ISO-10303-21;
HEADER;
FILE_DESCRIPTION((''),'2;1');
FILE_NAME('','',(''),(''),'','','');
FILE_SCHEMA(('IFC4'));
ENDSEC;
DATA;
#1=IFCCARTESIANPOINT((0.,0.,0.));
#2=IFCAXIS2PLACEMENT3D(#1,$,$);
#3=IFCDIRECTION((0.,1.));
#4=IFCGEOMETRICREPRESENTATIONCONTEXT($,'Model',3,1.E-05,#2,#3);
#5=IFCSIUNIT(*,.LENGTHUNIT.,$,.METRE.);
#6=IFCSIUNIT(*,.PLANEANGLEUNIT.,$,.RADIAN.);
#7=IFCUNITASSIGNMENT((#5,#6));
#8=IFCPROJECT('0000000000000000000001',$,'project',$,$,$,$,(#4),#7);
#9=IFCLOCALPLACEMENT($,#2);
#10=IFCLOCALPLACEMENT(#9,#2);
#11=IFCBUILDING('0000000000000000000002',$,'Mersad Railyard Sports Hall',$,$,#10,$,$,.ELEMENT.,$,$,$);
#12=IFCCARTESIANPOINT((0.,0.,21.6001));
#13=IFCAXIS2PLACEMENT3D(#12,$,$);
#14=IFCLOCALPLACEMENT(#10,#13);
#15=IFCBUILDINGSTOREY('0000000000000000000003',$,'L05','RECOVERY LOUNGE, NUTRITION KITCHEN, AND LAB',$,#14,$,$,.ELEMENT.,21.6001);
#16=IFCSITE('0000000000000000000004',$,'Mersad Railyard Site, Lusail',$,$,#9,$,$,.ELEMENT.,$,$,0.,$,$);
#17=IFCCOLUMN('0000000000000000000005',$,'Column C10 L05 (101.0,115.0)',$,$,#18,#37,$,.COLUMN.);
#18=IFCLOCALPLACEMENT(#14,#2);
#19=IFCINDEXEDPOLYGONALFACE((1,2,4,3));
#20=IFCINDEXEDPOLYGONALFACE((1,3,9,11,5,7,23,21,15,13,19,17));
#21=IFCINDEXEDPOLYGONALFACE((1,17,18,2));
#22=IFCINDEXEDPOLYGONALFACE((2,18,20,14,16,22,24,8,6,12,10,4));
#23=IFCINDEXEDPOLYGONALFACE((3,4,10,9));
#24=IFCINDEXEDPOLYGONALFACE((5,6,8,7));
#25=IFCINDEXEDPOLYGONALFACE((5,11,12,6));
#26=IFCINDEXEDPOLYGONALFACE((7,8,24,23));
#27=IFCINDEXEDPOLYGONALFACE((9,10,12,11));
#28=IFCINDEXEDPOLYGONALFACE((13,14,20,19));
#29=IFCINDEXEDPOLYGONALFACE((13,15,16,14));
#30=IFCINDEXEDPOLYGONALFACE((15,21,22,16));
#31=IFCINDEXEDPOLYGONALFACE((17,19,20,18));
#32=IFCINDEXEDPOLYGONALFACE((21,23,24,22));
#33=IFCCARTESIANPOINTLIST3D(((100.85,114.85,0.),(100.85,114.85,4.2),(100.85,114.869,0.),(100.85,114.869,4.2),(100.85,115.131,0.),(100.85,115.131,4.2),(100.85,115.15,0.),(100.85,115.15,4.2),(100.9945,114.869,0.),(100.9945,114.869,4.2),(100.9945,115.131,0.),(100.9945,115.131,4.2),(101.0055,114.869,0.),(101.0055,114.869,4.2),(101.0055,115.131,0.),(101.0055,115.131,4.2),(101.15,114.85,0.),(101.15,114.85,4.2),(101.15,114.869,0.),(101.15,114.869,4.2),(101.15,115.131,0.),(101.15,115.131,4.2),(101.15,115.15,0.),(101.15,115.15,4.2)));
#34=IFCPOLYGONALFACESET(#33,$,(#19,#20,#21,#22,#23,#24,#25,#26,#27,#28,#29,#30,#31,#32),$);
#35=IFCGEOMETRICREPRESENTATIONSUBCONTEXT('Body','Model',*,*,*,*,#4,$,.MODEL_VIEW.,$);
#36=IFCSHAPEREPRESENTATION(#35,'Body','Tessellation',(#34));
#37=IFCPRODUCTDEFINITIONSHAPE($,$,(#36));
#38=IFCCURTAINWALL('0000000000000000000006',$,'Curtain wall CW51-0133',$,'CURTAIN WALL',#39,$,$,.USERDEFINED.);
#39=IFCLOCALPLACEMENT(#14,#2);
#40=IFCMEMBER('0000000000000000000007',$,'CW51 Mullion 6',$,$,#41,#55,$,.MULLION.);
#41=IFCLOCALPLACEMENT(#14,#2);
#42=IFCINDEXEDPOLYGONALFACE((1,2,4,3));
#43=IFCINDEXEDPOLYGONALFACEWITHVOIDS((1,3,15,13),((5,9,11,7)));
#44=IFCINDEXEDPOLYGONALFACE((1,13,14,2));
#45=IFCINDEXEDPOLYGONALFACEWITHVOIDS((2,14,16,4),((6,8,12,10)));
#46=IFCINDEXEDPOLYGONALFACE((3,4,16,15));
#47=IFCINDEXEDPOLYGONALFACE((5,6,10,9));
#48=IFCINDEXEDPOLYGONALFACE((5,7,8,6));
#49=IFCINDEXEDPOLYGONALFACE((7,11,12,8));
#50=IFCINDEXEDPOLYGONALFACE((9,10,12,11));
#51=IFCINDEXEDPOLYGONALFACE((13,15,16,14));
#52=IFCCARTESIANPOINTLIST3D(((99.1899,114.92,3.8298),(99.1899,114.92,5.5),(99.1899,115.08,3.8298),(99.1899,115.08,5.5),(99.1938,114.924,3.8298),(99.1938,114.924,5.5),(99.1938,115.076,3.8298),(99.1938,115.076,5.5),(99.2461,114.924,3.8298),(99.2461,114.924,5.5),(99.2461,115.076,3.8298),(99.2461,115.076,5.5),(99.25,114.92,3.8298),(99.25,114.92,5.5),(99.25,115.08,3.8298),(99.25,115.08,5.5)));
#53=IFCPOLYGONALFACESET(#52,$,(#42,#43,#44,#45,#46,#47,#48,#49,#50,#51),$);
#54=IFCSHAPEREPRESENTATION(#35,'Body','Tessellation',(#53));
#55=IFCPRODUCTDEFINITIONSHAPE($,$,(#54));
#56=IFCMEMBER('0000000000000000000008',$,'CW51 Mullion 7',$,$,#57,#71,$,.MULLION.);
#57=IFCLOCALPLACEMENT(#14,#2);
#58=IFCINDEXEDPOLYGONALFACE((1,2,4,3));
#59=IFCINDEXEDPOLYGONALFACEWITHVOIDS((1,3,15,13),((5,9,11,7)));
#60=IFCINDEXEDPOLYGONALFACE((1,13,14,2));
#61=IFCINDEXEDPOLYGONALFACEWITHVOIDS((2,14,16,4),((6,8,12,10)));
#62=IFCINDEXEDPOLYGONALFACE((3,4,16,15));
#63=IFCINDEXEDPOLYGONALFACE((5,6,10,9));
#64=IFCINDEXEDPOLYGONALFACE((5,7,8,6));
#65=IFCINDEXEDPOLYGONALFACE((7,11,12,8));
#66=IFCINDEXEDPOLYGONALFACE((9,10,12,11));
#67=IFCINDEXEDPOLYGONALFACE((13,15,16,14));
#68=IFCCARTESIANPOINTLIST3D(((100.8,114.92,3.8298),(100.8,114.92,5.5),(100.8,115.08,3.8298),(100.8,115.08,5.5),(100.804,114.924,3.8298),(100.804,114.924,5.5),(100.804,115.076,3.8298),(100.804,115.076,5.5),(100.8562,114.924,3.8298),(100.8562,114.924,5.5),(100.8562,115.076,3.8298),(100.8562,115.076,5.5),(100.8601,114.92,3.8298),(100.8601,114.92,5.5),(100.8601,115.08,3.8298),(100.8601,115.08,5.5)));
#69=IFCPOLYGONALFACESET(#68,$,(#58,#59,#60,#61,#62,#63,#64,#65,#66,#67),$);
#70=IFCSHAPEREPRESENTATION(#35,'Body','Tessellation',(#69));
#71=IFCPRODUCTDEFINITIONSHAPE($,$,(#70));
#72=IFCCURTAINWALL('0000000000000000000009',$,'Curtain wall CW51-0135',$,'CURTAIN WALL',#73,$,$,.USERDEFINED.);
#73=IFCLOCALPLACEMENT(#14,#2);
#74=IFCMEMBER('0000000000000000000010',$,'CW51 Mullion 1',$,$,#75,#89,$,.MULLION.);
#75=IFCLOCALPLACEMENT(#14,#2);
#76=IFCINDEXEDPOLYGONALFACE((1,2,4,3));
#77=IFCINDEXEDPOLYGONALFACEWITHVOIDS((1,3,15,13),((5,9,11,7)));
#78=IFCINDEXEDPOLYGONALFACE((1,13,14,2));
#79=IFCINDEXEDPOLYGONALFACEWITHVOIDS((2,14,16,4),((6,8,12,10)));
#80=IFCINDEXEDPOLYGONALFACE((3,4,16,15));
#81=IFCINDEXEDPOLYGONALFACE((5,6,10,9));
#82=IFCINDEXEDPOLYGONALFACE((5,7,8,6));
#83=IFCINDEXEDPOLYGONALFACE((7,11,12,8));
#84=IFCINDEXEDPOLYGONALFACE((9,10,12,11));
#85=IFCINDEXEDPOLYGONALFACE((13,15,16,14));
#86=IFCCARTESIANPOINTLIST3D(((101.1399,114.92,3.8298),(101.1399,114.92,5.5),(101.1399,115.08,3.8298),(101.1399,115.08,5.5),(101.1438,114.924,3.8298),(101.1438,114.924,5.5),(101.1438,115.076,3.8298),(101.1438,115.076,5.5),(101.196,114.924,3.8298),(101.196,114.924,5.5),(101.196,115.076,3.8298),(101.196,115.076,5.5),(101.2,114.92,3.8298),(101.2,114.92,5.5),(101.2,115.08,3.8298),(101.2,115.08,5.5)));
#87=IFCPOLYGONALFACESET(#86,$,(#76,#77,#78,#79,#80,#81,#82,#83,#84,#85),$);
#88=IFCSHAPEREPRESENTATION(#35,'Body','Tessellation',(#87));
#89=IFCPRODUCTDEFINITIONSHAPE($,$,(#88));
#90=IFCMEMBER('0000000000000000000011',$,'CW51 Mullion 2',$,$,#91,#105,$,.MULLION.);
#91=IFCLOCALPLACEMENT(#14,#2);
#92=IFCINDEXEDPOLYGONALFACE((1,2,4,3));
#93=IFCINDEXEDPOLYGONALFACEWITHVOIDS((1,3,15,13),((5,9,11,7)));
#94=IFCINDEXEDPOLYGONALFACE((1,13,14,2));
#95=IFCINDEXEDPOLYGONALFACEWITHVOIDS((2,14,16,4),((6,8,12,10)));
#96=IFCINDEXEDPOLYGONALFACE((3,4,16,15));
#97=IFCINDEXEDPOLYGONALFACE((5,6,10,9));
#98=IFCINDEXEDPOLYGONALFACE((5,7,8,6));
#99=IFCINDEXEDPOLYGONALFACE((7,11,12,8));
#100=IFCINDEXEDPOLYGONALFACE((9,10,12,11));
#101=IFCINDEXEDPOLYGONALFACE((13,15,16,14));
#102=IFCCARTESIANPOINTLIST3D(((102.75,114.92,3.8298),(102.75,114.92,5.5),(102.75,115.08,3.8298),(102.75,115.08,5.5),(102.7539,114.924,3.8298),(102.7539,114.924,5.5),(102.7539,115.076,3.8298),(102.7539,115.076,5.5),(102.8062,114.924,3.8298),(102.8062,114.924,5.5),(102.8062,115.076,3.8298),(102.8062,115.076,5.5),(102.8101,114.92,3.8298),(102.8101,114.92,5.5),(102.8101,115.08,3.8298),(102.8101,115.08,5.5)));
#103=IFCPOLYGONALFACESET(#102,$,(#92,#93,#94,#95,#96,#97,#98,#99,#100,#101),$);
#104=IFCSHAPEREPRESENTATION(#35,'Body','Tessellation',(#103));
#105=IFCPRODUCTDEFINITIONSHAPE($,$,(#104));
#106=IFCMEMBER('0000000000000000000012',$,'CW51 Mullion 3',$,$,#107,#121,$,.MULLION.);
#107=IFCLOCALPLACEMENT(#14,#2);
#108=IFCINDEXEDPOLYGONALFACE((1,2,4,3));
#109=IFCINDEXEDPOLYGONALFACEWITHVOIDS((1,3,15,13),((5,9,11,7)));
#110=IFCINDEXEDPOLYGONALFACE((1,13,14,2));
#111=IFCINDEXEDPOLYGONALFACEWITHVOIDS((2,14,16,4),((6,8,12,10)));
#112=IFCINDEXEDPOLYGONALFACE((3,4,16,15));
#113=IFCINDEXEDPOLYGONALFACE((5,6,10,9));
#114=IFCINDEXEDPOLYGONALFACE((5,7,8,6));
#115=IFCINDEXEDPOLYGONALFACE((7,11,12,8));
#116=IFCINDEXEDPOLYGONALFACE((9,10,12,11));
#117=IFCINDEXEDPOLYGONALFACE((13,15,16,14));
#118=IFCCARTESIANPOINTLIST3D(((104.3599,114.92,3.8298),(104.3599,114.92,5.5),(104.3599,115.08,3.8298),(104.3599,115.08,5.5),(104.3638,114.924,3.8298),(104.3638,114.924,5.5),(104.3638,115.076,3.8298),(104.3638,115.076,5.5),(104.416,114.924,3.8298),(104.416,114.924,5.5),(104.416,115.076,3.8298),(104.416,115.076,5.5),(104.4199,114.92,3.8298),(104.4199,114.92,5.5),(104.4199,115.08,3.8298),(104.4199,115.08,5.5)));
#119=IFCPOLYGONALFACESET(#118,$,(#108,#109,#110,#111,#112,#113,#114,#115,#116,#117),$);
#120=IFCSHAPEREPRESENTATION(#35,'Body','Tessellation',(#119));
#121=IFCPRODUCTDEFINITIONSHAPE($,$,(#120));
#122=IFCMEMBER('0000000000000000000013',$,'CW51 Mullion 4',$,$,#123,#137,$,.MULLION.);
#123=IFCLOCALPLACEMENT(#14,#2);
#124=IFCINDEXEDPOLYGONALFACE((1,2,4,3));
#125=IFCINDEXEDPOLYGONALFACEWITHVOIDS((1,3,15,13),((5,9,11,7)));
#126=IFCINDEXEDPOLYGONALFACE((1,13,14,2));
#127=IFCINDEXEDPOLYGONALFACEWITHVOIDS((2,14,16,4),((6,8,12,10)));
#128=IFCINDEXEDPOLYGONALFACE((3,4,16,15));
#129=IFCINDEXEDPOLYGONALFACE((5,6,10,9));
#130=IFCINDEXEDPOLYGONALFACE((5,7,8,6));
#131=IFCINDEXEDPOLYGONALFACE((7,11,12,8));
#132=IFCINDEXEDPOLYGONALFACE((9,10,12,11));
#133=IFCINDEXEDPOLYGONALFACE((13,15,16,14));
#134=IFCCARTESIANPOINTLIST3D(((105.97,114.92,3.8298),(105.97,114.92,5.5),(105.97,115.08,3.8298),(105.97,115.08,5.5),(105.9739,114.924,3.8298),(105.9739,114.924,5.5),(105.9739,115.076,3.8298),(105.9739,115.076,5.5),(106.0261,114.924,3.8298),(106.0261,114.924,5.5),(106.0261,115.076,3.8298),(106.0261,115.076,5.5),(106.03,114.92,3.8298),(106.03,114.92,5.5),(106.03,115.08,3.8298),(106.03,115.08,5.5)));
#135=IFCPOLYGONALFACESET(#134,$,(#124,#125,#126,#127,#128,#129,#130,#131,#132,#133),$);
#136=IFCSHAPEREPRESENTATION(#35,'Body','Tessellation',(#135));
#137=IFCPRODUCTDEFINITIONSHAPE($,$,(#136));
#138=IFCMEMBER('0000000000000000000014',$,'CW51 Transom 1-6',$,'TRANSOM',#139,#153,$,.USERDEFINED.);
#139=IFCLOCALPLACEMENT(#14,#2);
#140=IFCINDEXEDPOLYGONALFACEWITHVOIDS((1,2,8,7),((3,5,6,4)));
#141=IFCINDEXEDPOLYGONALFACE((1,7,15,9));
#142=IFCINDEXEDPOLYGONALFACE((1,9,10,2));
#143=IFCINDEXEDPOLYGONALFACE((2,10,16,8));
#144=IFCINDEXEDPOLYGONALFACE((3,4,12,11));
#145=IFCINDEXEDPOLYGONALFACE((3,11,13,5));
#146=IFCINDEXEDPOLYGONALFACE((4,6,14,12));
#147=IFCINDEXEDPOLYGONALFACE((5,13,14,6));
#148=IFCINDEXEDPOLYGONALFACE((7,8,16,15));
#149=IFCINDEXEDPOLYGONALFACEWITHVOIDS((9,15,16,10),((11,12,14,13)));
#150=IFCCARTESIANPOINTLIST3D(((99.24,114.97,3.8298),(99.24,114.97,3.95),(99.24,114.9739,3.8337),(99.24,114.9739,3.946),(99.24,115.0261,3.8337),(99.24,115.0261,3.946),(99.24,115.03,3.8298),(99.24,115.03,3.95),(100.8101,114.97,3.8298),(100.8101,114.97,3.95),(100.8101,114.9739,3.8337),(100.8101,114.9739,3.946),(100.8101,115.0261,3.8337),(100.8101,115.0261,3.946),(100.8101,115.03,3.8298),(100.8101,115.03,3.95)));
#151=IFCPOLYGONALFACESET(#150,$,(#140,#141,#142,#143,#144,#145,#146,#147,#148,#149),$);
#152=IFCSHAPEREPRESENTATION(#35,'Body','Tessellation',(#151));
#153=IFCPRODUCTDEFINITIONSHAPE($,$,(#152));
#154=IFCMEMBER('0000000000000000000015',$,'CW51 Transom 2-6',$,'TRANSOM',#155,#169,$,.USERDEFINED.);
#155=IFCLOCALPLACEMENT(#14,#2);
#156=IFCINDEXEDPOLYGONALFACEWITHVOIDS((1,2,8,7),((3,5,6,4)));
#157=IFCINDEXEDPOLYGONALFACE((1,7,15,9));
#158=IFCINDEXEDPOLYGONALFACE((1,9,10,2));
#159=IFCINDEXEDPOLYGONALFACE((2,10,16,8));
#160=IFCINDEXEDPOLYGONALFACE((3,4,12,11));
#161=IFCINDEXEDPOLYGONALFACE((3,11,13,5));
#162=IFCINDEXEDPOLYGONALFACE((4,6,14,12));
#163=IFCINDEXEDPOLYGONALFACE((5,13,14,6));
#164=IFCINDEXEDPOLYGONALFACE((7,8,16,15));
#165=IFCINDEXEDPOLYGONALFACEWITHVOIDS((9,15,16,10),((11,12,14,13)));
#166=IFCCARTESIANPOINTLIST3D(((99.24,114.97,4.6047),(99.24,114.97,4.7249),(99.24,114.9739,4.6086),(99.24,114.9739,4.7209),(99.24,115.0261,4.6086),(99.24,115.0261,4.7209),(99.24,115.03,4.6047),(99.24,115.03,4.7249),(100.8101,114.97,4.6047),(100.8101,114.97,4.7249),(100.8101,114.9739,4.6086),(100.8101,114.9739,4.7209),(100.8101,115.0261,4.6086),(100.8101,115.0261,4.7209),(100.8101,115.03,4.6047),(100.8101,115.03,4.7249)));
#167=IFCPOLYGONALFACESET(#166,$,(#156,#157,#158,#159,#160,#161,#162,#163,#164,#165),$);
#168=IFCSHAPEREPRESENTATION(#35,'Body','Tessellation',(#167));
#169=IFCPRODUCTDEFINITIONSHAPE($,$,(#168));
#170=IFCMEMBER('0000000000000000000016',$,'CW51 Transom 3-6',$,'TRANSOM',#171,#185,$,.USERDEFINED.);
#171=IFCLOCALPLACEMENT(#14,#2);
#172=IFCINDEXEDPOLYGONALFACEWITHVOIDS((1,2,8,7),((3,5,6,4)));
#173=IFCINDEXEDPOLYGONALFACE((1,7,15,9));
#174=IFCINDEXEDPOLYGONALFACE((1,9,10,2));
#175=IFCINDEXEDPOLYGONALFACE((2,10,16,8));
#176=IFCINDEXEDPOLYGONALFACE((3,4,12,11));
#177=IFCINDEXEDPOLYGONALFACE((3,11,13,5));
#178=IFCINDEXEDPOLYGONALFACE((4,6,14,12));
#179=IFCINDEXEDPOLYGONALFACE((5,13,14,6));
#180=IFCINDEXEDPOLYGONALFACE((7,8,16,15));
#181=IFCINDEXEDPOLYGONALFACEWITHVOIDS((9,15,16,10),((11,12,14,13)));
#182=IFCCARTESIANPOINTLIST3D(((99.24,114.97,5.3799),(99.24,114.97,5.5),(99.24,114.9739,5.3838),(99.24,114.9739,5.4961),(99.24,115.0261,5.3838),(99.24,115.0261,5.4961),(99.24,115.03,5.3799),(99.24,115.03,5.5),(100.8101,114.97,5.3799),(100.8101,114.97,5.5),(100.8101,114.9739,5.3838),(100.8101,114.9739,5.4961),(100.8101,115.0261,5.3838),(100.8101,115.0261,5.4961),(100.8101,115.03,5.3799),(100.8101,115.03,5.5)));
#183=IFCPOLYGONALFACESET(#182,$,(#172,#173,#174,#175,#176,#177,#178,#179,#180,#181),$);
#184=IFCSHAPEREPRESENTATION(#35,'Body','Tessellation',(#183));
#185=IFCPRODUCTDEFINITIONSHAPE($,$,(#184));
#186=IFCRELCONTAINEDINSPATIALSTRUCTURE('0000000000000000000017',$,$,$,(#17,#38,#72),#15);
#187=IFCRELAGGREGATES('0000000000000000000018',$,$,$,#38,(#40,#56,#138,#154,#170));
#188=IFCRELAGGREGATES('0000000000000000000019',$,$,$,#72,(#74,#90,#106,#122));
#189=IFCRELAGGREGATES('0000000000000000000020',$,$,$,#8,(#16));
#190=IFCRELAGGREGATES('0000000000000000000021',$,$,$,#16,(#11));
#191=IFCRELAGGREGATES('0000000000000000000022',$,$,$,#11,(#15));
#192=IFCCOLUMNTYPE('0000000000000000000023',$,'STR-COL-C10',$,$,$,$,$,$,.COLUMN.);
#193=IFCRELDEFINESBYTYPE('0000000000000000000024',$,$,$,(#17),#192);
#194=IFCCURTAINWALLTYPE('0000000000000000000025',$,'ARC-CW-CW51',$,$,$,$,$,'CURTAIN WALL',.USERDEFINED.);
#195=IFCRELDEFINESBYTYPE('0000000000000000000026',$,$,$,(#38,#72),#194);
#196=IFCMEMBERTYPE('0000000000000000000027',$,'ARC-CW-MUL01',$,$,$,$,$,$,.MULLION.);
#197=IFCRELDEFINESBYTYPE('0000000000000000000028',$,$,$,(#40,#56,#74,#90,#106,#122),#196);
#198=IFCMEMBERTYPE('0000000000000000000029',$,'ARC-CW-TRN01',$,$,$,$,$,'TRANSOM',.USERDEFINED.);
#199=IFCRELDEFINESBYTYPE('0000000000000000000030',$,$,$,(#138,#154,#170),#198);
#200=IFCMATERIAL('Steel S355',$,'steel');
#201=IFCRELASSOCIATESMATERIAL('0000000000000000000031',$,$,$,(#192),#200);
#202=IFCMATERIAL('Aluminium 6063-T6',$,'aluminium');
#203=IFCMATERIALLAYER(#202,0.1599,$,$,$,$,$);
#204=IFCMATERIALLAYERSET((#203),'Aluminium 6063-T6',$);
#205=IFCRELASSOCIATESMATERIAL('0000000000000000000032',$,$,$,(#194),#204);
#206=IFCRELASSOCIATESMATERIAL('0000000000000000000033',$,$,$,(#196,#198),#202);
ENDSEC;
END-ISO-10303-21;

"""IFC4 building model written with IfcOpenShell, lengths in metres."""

from ifc_helpers import new_model, si_unit, direction, frame, origin, origin_2d, place, context, subcontext, project, spatial, hollow_rectangle, i_section, extrude, material, layer, layer_set, material_profile, profile_set, type_object, element, aggregate, save


model = new_model("IFC4")

# Units and contexts
model_context = context("Model", 3, precision=1e-05, world=origin(), true_north=direction((0.0, 1.0)))
body_context = subcontext(model_context, "Body", "Model", "MODEL_VIEW")
ifc_project = project(units=[si_unit("LENGTHUNIT", "METRE"), si_unit("PLANEANGLEUNIT", "RADIAN")], contexts=[model_context])

# Site, building, storey
site_placement = place(None, origin())
site = spatial("IfcSite", under=ifc_project, at=site_placement, Name="Mersad Railyard Site, Lusail", CompositionType="ELEMENT", RefElevation=0.0)
building_placement = place(site_placement, origin())
building = spatial("IfcBuilding", under=site, at=building_placement, Name="Mersad Railyard Sports Hall", CompositionType="ELEMENT")
storey_placement = place(building_placement, frame((0.0, 0.0, 21.6001)))
storey = spatial("IfcBuildingStorey", under=building, at=storey_placement, Name="L05", Description="RECOVERY LOUNGE, NUTRITION KITCHEN, AND LAB", CompositionType="ELEMENT", Elevation=21.6001)

# Column
ifc_material_1 = material(Name="Steel S355", Category="steel")
ifc_material_profile_1 = material_profile(ifc_material_1, i_section(OverallWidth=0.3, OverallDepth=0.3, WebThickness=0.011, FlangeThickness=0.019, at=origin_2d()), Name="HEB 300")
ifc_profile_set_1 = profile_set([ifc_material_profile_1], Name="Steel S355")
column_type = type_object("IfcColumnType", Name="STR-COL-C10", PredefinedType="COLUMN", material=ifc_profile_set_1)
column_placement = place(storey_placement, frame((101.0, 115.0, 0.0), z_axis=(0.0, 0.0, 1.0), x_axis=(1.0, 0.0, 0.0)))
element("IfcColumn", 1, at=column_placement, inside=storey, type_object=column_type, Name="Column C10 L05 (101.0,115.0)", PredefinedType="COLUMN", context=body_context, shape_type="SweptSolid", body=[
    extrude(i_section(OverallWidth=0.3, OverallDepth=0.3, WebThickness=0.011, FlangeThickness=0.019, at=origin_2d()), origin(), (0.0, 0.0, 1.0), 4.2),
])

# Curtain walls, members
ifc_material_2 = material(Name="Aluminium 6063-T6", Category="aluminium")
ifc_layer_1 = layer(ifc_material_2, 0.1599)
ifc_layer_set_1 = layer_set([ifc_layer_1], Name="Aluminium 6063-T6")
curtain_wall_type = type_object("IfcCurtainWallType", Name="ARC-CW-CW51", ElementType="CURTAIN WALL", PredefinedType="USERDEFINED", material=ifc_layer_set_1)
curtain_wall_1_placement = place(storey_placement, origin())
curtain_wall_1 = element("IfcCurtainWall", 2, at=curtain_wall_1_placement, inside=storey, type_object=curtain_wall_type, Name="Curtain wall CW51-0133", ObjectType="CURTAIN WALL", PredefinedType="USERDEFINED")
ifc_material_profile_2 = material_profile(ifc_material_2, hollow_rectangle(XDim=0.0601, YDim=0.1599, WallThickness=0.0039, at=origin_2d()), Name="AL MULLION 60x160x4")
ifc_profile_set_2 = profile_set([ifc_material_profile_2], Name="Aluminium 6063-T6")
member_type_1 = type_object("IfcMemberType", Name="ARC-CW-MUL01", PredefinedType="MULLION", material=ifc_profile_set_2)
member_1_placement = place(storey_placement, frame((99.22, 115.0, 3.8298), z_axis=(0.0, 0.0, 1.0), x_axis=(1.0, 0.0, 0.0)))
member_1 = element("IfcMember", 3, at=member_1_placement, type_object=member_type_1, Name="CW51 Mullion 6", PredefinedType="MULLION", context=body_context, shape_type="SweptSolid", body=[
    extrude(hollow_rectangle(XDim=0.0601, YDim=0.1599, WallThickness=0.0039, at=origin_2d()), origin(), (0.0, 0.0, 1.0), 1.6702),
])
member_2_placement = place(storey_placement, frame((100.8301, 115.0, 3.8298), z_axis=(0.0, 0.0, 1.0), x_axis=(1.0, 0.0, 0.0)))
member_2 = element("IfcMember", 4, at=member_2_placement, type_object=member_type_1, Name="CW51 Mullion 7", PredefinedType="MULLION", context=body_context, shape_type="SweptSolid", body=[
    extrude(hollow_rectangle(XDim=0.0601, YDim=0.1599, WallThickness=0.0039, at=origin_2d()), origin(), (0.0, 0.0, 1.0), 1.6702),
])
curtain_wall_2_placement = place(storey_placement, origin())
curtain_wall_2 = element("IfcCurtainWall", 5, at=curtain_wall_2_placement, inside=storey, type_object=curtain_wall_type, Name="Curtain wall CW51-0135", ObjectType="CURTAIN WALL", PredefinedType="USERDEFINED")
member_3_placement = place(storey_placement, frame((101.1699, 115.0, 3.8298), z_axis=(0.0, 0.0, 1.0), x_axis=(1.0, 0.0, 0.0)))
member_3 = element("IfcMember", 6, at=member_3_placement, type_object=member_type_1, Name="CW51 Mullion 1", PredefinedType="MULLION", context=body_context, shape_type="SweptSolid", body=[
    extrude(hollow_rectangle(XDim=0.0601, YDim=0.1599, WallThickness=0.0039, at=origin_2d()), origin(), (0.0, 0.0, 1.0), 1.6702),
])
member_4_placement = place(storey_placement, frame((102.78, 115.0, 3.8298), z_axis=(0.0, 0.0, 1.0), x_axis=(1.0, 0.0, 0.0)))
member_4 = element("IfcMember", 7, at=member_4_placement, type_object=member_type_1, Name="CW51 Mullion 2", PredefinedType="MULLION", context=body_context, shape_type="SweptSolid", body=[
    extrude(hollow_rectangle(XDim=0.0601, YDim=0.1599, WallThickness=0.0039, at=origin_2d()), origin(), (0.0, 0.0, 1.0), 1.6702),
])
member_5_placement = place(storey_placement, frame((104.3899, 115.0, 3.8298), z_axis=(0.0, 0.0, 1.0), x_axis=(1.0, 0.0, 0.0)))
member_5 = element("IfcMember", 8, at=member_5_placement, type_object=member_type_1, Name="CW51 Mullion 3", PredefinedType="MULLION", context=body_context, shape_type="SweptSolid", body=[
    extrude(hollow_rectangle(XDim=0.0601, YDim=0.1599, WallThickness=0.0039, at=origin_2d()), origin(), (0.0, 0.0, 1.0), 1.6702),
])
member_6_placement = place(storey_placement, frame((106.0, 115.0, 3.8298), z_axis=(0.0, 0.0, 1.0), x_axis=(1.0, 0.0, 0.0)))
member_6 = element("IfcMember", 9, at=member_6_placement, type_object=member_type_1, Name="CW51 Mullion 4", PredefinedType="MULLION", context=body_context, shape_type="SweptSolid", body=[
    extrude(hollow_rectangle(XDim=0.0601, YDim=0.1599, WallThickness=0.0039, at=origin_2d()), origin(), (0.0, 0.0, 1.0), 1.6702),
])

# Members
ifc_material_profile_3 = material_profile(ifc_material_2, hollow_rectangle(XDim=0.0601, YDim=0.1201, WallThickness=0.0039, at=origin_2d()), Name="AL TRANSOM 60x120x4")
ifc_profile_set_3 = profile_set([ifc_material_profile_3], Name="Aluminium 6063-T6")
member_type_2 = type_object("IfcMemberType", Name="ARC-CW-TRN01", ElementType="TRANSOM", PredefinedType="USERDEFINED", material=ifc_profile_set_3)
member_7_placement = place(storey_placement, frame((99.24, 115.0, 3.8899), z_axis=(1.0, 0.0, 0.0), x_axis=(0.0, 1.0, 0.0)))
member_7 = element("IfcMember", 10, at=member_7_placement, type_object=member_type_2, Name="CW51 Transom 1-6", ObjectType="TRANSOM", PredefinedType="USERDEFINED", context=body_context, shape_type="SweptSolid", body=[
    extrude(hollow_rectangle(XDim=0.0601, YDim=0.1201, WallThickness=0.0039, at=origin_2d()), origin(), (0.0, 0.0, 1.0), 1.5701),
])
member_8_placement = place(storey_placement, frame((99.24, 115.0, 4.6648), z_axis=(1.0, 0.0, 0.0), x_axis=(0.0, 1.0, 0.0)))
member_8 = element("IfcMember", 11, at=member_8_placement, type_object=member_type_2, Name="CW51 Transom 2-6", ObjectType="TRANSOM", PredefinedType="USERDEFINED", context=body_context, shape_type="SweptSolid", body=[
    extrude(hollow_rectangle(XDim=0.0601, YDim=0.1201, WallThickness=0.0039, at=origin_2d()), origin(), (0.0, 0.0, 1.0), 1.5701),
])
member_9_placement = place(storey_placement, frame((99.24, 115.0, 5.4399), z_axis=(1.0, 0.0, 0.0), x_axis=(0.0, 1.0, 0.0)))
member_9 = element("IfcMember", 12, at=member_9_placement, type_object=member_type_2, Name="CW51 Transom 3-6", ObjectType="TRANSOM", PredefinedType="USERDEFINED", context=body_context, shape_type="SweptSolid", body=[
    extrude(hollow_rectangle(XDim=0.0601, YDim=0.1201, WallThickness=0.0039, at=origin_2d()), origin(), (0.0, 0.0, 1.0), 1.5701),
])

aggregate(curtain_wall_1, [member_1, member_2, member_7, member_8, member_9])
aggregate(curtain_wall_2, [member_3, member_4, member_5, member_6])

save(model, "model.ifc")
